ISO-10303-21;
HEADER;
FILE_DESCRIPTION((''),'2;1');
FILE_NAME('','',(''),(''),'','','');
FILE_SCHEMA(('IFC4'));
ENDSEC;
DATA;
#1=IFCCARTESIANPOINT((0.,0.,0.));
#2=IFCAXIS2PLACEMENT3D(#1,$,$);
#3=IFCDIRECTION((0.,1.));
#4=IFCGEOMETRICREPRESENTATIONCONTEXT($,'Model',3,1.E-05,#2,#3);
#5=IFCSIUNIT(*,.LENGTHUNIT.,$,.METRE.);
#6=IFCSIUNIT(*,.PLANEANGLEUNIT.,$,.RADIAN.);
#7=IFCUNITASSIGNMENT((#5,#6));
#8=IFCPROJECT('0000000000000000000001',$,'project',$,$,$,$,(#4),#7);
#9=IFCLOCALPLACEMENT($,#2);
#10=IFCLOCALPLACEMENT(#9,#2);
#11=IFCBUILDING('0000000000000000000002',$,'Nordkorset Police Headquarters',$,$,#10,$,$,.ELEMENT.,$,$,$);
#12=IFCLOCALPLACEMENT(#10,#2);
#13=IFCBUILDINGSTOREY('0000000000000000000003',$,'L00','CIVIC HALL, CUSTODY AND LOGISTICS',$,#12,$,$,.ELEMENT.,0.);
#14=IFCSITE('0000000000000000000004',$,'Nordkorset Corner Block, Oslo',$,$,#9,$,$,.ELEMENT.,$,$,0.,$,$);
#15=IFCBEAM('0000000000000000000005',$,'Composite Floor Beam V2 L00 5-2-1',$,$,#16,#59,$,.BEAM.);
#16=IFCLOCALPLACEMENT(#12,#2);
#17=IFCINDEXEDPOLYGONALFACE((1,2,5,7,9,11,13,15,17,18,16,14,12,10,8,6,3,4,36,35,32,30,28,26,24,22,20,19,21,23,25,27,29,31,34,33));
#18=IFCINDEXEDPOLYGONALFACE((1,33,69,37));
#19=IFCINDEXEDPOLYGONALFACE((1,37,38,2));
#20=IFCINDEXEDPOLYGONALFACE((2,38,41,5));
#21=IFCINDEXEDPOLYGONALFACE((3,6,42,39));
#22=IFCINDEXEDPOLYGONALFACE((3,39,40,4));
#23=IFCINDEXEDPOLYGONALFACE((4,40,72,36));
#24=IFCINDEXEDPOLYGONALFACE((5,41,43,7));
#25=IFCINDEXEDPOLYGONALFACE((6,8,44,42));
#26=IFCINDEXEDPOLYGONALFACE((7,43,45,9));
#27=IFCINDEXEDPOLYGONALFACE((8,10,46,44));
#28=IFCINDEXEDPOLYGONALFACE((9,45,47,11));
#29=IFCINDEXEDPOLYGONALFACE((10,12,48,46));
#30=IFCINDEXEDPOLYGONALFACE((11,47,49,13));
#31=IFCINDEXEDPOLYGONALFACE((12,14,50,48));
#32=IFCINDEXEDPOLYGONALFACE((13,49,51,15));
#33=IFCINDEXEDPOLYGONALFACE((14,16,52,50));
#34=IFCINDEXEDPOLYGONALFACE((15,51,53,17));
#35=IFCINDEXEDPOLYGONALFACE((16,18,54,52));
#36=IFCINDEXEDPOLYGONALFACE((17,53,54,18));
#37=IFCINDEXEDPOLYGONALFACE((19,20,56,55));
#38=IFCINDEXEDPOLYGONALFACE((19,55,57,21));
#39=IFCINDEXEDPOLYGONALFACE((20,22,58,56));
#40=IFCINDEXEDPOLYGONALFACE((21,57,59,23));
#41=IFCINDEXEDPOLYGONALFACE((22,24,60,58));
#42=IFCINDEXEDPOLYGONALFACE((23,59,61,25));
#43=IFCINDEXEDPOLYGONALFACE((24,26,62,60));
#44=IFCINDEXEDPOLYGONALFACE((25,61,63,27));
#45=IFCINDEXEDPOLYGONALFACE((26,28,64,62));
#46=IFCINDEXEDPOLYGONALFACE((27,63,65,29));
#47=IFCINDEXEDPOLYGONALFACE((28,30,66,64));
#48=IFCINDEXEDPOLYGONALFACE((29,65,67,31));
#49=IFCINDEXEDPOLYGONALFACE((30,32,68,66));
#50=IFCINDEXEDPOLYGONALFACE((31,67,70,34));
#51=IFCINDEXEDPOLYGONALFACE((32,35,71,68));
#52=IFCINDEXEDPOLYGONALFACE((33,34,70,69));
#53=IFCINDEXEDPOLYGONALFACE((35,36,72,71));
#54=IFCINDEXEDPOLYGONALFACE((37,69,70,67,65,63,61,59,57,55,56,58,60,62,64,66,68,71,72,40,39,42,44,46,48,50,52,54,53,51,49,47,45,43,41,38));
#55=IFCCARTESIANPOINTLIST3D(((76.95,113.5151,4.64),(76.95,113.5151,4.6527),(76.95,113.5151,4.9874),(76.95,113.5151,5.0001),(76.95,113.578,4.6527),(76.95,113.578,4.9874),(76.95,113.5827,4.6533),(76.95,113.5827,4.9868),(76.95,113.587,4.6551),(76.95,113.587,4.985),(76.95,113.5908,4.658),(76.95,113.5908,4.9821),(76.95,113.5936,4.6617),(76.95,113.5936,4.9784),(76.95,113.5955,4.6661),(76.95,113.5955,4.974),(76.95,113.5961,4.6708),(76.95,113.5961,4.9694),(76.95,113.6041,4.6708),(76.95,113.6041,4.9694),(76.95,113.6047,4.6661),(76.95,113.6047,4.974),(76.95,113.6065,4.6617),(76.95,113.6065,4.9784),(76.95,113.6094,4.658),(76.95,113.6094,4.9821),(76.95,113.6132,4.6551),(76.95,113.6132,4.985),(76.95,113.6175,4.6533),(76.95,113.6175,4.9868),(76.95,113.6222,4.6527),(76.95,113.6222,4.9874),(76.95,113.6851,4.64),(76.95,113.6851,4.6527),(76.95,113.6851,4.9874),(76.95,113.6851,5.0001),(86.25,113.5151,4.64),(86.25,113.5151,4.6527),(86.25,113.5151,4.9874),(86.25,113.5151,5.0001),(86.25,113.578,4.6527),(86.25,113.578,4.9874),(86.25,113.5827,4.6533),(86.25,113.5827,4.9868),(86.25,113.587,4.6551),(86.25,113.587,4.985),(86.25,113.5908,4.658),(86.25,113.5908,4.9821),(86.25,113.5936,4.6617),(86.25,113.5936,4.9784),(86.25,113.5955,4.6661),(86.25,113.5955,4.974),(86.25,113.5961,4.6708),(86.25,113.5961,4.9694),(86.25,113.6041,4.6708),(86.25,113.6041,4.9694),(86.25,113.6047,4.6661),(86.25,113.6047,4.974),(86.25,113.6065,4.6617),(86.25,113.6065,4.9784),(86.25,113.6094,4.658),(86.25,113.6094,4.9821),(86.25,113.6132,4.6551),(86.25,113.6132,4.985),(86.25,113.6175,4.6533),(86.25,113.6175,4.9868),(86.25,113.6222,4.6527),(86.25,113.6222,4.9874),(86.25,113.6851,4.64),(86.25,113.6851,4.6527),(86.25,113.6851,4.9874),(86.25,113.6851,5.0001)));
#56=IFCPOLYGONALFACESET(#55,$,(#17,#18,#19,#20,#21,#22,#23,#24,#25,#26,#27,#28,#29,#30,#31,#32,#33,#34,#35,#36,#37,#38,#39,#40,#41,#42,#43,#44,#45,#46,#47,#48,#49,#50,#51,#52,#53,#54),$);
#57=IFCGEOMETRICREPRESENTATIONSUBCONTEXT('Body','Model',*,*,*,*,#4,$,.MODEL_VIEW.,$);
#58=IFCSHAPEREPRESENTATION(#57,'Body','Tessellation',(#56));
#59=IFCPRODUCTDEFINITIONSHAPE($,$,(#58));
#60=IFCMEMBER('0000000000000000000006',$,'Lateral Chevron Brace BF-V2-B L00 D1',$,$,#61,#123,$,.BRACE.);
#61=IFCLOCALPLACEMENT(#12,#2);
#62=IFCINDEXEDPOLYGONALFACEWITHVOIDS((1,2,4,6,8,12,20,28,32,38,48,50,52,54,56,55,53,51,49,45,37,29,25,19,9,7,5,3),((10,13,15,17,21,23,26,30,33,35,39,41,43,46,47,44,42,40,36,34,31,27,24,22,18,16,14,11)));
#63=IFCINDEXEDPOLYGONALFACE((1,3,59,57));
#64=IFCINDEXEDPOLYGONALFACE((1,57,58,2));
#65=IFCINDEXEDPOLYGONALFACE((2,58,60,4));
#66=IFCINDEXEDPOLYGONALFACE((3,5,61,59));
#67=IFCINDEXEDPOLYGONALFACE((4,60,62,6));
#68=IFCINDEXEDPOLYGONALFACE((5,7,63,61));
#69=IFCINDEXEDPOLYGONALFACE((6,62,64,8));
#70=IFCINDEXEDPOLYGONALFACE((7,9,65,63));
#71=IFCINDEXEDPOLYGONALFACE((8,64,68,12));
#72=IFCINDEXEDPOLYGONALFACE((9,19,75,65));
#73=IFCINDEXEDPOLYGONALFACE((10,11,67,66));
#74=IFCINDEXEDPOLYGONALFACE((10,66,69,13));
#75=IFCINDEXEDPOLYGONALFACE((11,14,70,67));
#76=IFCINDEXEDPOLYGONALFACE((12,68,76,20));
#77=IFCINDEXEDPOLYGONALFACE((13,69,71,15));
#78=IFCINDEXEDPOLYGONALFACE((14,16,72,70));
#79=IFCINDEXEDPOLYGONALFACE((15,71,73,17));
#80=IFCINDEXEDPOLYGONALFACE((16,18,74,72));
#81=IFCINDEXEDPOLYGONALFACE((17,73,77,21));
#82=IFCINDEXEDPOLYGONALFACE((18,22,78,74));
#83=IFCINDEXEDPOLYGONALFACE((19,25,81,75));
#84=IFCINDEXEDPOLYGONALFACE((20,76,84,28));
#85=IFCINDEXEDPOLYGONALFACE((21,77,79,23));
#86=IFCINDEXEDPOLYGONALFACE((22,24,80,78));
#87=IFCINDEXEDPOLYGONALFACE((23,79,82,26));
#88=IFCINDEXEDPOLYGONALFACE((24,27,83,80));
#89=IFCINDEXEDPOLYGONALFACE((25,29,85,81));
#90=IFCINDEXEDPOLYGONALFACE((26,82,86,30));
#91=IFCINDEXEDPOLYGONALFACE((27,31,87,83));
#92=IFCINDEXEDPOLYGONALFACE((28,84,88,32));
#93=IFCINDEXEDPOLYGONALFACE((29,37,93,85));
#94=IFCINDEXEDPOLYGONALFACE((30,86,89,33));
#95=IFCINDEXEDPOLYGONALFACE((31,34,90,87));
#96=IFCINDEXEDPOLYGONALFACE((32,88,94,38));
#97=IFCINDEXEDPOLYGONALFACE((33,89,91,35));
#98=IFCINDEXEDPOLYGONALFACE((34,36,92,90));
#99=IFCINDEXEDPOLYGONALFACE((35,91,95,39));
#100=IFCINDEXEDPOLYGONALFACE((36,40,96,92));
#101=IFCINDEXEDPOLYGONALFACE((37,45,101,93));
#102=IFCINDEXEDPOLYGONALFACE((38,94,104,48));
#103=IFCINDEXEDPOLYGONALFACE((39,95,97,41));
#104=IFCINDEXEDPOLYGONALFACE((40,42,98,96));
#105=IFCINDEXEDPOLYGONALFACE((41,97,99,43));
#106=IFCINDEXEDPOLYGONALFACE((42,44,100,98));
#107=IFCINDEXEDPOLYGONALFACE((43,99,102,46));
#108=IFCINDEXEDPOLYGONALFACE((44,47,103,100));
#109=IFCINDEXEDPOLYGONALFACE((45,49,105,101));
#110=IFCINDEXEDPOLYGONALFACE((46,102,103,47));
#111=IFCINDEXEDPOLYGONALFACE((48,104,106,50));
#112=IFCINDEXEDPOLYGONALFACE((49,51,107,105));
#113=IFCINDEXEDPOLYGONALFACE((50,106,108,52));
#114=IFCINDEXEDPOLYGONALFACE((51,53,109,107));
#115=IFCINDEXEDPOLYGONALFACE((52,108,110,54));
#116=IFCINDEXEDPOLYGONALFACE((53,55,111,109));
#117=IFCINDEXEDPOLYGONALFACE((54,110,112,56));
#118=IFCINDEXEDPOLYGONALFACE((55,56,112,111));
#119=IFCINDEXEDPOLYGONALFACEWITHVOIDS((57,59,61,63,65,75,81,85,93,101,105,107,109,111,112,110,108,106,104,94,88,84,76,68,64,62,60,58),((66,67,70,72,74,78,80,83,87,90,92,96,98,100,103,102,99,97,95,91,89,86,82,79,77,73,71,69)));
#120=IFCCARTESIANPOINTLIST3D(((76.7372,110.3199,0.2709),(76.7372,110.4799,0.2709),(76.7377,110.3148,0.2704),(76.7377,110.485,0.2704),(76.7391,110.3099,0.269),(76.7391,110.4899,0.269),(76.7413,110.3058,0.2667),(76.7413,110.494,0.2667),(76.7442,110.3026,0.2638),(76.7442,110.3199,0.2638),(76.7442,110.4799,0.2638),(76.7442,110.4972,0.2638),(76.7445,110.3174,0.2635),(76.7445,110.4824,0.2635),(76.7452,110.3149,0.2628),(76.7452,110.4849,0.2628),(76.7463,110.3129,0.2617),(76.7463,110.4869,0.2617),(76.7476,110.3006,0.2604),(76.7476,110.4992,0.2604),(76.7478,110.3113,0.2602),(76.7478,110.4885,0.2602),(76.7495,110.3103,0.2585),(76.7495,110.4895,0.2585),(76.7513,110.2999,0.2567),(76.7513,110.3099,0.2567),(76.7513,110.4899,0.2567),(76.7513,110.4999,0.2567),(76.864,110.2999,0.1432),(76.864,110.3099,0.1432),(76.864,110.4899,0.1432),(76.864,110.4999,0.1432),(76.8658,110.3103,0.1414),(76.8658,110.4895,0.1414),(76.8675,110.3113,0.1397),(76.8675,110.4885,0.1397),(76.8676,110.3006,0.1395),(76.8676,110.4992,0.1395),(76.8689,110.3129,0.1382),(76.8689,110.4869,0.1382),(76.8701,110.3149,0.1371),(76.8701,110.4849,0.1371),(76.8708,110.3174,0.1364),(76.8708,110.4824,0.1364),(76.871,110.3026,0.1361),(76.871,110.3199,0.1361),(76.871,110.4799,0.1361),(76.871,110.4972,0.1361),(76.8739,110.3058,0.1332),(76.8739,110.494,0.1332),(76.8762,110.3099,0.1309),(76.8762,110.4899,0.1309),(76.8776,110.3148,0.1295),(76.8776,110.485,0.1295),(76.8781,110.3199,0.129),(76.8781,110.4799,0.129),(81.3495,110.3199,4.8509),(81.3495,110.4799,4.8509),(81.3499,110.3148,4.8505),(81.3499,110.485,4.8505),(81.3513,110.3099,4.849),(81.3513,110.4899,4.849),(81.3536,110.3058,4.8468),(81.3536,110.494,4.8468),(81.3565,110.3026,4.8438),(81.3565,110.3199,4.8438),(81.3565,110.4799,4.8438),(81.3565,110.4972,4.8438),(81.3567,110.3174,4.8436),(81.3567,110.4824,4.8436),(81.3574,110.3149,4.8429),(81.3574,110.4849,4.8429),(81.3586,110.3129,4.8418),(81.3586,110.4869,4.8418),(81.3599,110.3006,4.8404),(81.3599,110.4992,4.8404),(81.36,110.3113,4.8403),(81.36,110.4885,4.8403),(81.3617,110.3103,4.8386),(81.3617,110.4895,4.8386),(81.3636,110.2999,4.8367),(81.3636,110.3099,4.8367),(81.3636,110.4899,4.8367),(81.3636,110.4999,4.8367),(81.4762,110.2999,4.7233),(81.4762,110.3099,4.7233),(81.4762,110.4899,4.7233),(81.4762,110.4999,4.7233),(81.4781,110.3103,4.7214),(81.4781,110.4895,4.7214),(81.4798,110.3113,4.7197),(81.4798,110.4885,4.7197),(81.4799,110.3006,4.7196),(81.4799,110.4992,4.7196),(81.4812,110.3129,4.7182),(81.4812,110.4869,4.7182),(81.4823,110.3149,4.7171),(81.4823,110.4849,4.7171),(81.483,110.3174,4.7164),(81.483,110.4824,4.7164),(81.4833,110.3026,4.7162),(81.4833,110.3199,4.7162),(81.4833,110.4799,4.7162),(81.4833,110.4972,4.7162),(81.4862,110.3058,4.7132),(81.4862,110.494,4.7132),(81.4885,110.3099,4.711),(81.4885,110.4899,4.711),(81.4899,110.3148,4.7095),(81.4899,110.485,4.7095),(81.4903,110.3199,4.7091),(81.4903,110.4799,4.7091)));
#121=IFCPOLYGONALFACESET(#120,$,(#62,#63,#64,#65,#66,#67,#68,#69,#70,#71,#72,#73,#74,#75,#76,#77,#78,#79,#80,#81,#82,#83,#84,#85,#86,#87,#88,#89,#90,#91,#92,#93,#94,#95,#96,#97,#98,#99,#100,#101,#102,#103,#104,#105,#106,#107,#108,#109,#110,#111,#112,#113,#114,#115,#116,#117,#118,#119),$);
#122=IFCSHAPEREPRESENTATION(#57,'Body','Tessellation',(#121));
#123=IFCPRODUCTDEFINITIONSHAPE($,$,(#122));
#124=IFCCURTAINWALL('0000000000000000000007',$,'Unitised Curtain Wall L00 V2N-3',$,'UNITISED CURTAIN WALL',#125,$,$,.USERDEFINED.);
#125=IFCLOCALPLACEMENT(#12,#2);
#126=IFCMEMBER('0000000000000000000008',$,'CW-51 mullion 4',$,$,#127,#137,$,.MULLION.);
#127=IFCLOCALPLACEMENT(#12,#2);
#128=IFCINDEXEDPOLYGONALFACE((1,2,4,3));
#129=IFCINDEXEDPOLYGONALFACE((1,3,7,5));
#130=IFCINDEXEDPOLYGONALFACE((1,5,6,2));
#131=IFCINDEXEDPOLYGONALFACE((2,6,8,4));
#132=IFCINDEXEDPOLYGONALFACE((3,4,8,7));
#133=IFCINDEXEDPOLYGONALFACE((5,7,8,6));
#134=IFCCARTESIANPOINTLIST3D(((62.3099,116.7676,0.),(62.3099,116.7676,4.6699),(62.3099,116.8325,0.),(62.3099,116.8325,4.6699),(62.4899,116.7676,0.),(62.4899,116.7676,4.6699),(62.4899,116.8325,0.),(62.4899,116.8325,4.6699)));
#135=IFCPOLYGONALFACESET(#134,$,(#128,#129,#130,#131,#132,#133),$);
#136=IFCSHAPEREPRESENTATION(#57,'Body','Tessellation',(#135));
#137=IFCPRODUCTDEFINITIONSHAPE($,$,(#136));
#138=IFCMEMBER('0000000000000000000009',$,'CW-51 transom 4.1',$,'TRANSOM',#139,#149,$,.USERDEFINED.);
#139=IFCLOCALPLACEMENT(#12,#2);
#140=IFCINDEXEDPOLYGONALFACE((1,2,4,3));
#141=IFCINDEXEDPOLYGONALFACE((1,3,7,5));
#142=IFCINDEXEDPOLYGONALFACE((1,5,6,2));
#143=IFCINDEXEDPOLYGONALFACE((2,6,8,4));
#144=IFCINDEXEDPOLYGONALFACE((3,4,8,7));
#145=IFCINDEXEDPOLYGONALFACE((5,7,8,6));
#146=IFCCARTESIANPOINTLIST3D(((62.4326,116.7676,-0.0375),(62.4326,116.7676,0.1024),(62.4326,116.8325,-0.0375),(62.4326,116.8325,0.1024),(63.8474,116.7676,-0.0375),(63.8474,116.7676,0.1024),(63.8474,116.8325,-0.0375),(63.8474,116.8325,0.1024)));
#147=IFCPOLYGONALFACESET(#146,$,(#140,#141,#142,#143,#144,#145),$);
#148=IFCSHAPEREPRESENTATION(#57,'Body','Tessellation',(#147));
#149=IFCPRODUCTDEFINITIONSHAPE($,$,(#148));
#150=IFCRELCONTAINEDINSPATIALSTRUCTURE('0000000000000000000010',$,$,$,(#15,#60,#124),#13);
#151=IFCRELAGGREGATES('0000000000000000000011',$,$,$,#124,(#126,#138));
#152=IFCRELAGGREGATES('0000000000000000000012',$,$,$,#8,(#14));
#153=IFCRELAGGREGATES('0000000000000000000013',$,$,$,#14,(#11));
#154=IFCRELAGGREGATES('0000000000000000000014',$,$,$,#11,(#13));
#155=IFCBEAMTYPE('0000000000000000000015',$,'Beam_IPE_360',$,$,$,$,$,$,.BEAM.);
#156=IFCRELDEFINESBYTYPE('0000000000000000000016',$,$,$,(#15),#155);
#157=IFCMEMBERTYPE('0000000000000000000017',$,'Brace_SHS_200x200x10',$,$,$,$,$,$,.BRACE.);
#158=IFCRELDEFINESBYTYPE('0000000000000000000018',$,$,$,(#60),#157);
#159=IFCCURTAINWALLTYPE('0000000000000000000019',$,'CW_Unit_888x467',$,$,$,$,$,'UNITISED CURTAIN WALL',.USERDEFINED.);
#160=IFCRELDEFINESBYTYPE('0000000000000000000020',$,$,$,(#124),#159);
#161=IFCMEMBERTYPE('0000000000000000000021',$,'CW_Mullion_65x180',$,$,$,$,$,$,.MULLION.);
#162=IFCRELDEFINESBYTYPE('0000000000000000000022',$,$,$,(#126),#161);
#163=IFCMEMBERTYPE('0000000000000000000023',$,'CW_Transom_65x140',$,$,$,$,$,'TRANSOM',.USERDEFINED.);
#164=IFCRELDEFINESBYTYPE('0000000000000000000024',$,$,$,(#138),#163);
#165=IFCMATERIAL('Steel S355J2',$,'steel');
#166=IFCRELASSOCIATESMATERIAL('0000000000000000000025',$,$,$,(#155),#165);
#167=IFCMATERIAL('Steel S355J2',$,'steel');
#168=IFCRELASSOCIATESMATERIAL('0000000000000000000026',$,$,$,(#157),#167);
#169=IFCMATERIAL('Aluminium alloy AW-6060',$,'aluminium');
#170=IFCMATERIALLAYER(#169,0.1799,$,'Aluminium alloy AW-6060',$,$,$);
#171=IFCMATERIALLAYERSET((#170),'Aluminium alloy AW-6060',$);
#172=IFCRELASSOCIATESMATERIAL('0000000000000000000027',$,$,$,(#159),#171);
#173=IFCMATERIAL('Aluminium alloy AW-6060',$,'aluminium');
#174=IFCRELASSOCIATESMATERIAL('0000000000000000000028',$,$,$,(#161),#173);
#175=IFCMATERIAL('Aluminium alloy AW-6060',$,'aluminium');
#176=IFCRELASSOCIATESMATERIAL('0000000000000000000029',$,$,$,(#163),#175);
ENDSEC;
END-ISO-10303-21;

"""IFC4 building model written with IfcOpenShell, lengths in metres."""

from ifc_helpers import new_model, si_unit, direction, frame, origin, origin_2d, place, context, subcontext, project, spatial, rectangle, hollow_rectangle, i_section, extrude, material, layer, layer_set, material_profile, profile_set, type_object, element, aggregate, save


model = new_model("IFC4")

# Units and contexts
model_context = context("Model", 3, precision=1e-05, world=origin(), true_north=direction((0.0, 1.0)))
body_context = subcontext(model_context, "Body", "Model", "MODEL_VIEW")
ifc_project = project(units=[si_unit("LENGTHUNIT", "METRE"), si_unit("PLANEANGLEUNIT", "RADIAN")], contexts=[model_context])

# Site, building, storey
site_placement = place(None, origin())
site = spatial("IfcSite", under=ifc_project, at=site_placement, Name="Nordkorset Corner Block, Oslo", CompositionType="ELEMENT", RefElevation=0.0)
building_placement = place(site_placement, origin())
building = spatial("IfcBuilding", under=site, at=building_placement, Name="Nordkorset Police Headquarters", CompositionType="ELEMENT")
storey_placement = place(building_placement, origin())
storey = spatial("IfcBuildingStorey", under=building, at=storey_placement, Name="L00", Description="CIVIC HALL, CUSTODY AND LOGISTICS", CompositionType="ELEMENT", Elevation=0.0)

# Beam
ifc_material_1 = material(Name="Steel S355J2", Category="steel")
ifc_material_profile_1 = material_profile(ifc_material_1, i_section(OverallWidth=0.1699, OverallDepth=0.3601, WebThickness=0.0081, FlangeThickness=0.0127, FilletRadius=0.0181, at=origin_2d()), Name="IPE 360")
ifc_profile_set_1 = profile_set([ifc_material_profile_1], Name="Steel S355J2")
beam_type_1 = type_object("IfcBeamType", Name="Beam_IPE_360", PredefinedType="BEAM", material=ifc_profile_set_1)
for number, where, z_axis, x_axis, name in (
    (1, (76.95, 113.6001, 4.8201), (1.0, 0.0, 0.0), (0.0, 1.0, 0.0), "Composite Floor Beam V2 L00 5-2-1"),
):
    element("IfcBeam", number, at=place(storey_placement, frame(where, z_axis=z_axis, x_axis=x_axis)), inside=storey, type_object=beam_type_1, Name=name, PredefinedType="BEAM", context=body_context, shape_type="SweptSolid", body=[
        extrude(i_section(OverallWidth=0.1699, OverallDepth=0.3601, WebThickness=0.0081, FlangeThickness=0.0127, FilletRadius=0.0181, at=origin_2d()), origin(), (0.0, 0.0, 1.0), 9.3),
    ])

# Member
ifc_material_2 = material(Name="Steel S355J2", Category="steel")
ifc_material_profile_2 = material_profile(ifc_material_2, hollow_rectangle(XDim=0.2, YDim=0.2, WallThickness=0.01, InnerFilletRadius=0.01, OuterFilletRadius=0.02, at=origin_2d()), Name="SHS 200x200x10")
ifc_profile_set_2 = profile_set([ifc_material_profile_2], Name="Steel S355J2")
member_type_1 = type_object("IfcMemberType", Name="Brace_SHS_200x200x10", PredefinedType="BRACE", material=ifc_profile_set_2)
member_1_placement = place(storey_placement, frame((76.8076, 110.3999, 0.2), z_axis=(0.709581, 0.0, 0.704623), x_axis=(0.0, 1.0, 0.0)))
element("IfcMember", 2, at=member_1_placement, inside=storey, type_object=member_type_1, Name="Lateral Chevron Brace BF-V2-B L00 D1", PredefinedType="BRACE", context=body_context, shape_type="SweptSolid", body=[
    extrude(hollow_rectangle(XDim=0.2, YDim=0.2, WallThickness=0.01, InnerFilletRadius=0.01, OuterFilletRadius=0.02, at=origin_2d()), origin(), (0.0, 0.0, 1.0), 6.5),
])

# Curtain wall, members
ifc_material_3 = material(Name="Aluminium alloy AW-6060", Category="aluminium")
ifc_layer_1 = layer(ifc_material_3, 0.1799, Name="Aluminium alloy AW-6060")
ifc_layer_set_1 = layer_set([ifc_layer_1], Name="Aluminium alloy AW-6060")
curtain_wall_type = type_object("IfcCurtainWallType", Name="CW_Unit_888x467", ElementType="UNITISED CURTAIN WALL", PredefinedType="USERDEFINED", material=ifc_layer_set_1)
curtain_wall_placement = place(storey_placement, origin())
curtain_wall = element("IfcCurtainWall", 3, at=curtain_wall_placement, inside=storey, type_object=curtain_wall_type, Name="Unitised Curtain Wall L00 V2N-3", ObjectType="UNITISED CURTAIN WALL", PredefinedType="USERDEFINED")
ifc_material_4 = material(Name="Aluminium alloy AW-6060", Category="aluminium")
ifc_material_profile_3 = material_profile(ifc_material_4, rectangle(XDim=0.0649, YDim=0.1799, at=origin_2d()), Name="ALU MULL 65x180")
ifc_profile_set_3 = profile_set([ifc_material_profile_3], Name="Aluminium alloy AW-6060")
member_type_2 = type_object("IfcMemberType", Name="CW_Mullion_65x180", PredefinedType="MULLION", material=ifc_profile_set_3)
member_2_placement = place(storey_placement, frame((62.3999, 116.8, 0.0), z_axis=(0.0, 0.0, 1.0), x_axis=(0.0, 1.0, 0.0)))
member_2 = element("IfcMember", 4, at=member_2_placement, type_object=member_type_2, Name="CW-51 mullion 4", PredefinedType="MULLION", context=body_context, shape_type="SweptSolid", body=[
    extrude(rectangle(XDim=0.0649, YDim=0.1799, at=origin_2d()), origin(), (0.0, 0.0, 1.0), 4.6699),
])
ifc_material_5 = material(Name="Aluminium alloy AW-6060", Category="aluminium")
ifc_material_profile_4 = material_profile(ifc_material_5, rectangle(XDim=0.0649, YDim=0.1399, at=origin_2d()), Name="ALU TRAN 65x140")
ifc_profile_set_4 = profile_set([ifc_material_profile_4], Name="Aluminium alloy AW-6060")
member_type_3 = type_object("IfcMemberType", Name="CW_Transom_65x140", ElementType="TRANSOM", PredefinedType="USERDEFINED", material=ifc_profile_set_4)
member_3_placement = place(storey_placement, frame((62.4326, 116.8, 0.0325), z_axis=(1.0, 0.0, 0.0), x_axis=(0.0, 1.0, 0.0)))
member_3 = element("IfcMember", 5, at=member_3_placement, type_object=member_type_3, Name="CW-51 transom 4.1", ObjectType="TRANSOM", PredefinedType="USERDEFINED", context=body_context, shape_type="SweptSolid", body=[
    extrude(rectangle(XDim=0.0649, YDim=0.1399, at=origin_2d()), origin(), (0.0, 0.0, 1.0), 1.4148),
])

aggregate(curtain_wall, [member_2, member_3])

save(model, "model.ifc")
